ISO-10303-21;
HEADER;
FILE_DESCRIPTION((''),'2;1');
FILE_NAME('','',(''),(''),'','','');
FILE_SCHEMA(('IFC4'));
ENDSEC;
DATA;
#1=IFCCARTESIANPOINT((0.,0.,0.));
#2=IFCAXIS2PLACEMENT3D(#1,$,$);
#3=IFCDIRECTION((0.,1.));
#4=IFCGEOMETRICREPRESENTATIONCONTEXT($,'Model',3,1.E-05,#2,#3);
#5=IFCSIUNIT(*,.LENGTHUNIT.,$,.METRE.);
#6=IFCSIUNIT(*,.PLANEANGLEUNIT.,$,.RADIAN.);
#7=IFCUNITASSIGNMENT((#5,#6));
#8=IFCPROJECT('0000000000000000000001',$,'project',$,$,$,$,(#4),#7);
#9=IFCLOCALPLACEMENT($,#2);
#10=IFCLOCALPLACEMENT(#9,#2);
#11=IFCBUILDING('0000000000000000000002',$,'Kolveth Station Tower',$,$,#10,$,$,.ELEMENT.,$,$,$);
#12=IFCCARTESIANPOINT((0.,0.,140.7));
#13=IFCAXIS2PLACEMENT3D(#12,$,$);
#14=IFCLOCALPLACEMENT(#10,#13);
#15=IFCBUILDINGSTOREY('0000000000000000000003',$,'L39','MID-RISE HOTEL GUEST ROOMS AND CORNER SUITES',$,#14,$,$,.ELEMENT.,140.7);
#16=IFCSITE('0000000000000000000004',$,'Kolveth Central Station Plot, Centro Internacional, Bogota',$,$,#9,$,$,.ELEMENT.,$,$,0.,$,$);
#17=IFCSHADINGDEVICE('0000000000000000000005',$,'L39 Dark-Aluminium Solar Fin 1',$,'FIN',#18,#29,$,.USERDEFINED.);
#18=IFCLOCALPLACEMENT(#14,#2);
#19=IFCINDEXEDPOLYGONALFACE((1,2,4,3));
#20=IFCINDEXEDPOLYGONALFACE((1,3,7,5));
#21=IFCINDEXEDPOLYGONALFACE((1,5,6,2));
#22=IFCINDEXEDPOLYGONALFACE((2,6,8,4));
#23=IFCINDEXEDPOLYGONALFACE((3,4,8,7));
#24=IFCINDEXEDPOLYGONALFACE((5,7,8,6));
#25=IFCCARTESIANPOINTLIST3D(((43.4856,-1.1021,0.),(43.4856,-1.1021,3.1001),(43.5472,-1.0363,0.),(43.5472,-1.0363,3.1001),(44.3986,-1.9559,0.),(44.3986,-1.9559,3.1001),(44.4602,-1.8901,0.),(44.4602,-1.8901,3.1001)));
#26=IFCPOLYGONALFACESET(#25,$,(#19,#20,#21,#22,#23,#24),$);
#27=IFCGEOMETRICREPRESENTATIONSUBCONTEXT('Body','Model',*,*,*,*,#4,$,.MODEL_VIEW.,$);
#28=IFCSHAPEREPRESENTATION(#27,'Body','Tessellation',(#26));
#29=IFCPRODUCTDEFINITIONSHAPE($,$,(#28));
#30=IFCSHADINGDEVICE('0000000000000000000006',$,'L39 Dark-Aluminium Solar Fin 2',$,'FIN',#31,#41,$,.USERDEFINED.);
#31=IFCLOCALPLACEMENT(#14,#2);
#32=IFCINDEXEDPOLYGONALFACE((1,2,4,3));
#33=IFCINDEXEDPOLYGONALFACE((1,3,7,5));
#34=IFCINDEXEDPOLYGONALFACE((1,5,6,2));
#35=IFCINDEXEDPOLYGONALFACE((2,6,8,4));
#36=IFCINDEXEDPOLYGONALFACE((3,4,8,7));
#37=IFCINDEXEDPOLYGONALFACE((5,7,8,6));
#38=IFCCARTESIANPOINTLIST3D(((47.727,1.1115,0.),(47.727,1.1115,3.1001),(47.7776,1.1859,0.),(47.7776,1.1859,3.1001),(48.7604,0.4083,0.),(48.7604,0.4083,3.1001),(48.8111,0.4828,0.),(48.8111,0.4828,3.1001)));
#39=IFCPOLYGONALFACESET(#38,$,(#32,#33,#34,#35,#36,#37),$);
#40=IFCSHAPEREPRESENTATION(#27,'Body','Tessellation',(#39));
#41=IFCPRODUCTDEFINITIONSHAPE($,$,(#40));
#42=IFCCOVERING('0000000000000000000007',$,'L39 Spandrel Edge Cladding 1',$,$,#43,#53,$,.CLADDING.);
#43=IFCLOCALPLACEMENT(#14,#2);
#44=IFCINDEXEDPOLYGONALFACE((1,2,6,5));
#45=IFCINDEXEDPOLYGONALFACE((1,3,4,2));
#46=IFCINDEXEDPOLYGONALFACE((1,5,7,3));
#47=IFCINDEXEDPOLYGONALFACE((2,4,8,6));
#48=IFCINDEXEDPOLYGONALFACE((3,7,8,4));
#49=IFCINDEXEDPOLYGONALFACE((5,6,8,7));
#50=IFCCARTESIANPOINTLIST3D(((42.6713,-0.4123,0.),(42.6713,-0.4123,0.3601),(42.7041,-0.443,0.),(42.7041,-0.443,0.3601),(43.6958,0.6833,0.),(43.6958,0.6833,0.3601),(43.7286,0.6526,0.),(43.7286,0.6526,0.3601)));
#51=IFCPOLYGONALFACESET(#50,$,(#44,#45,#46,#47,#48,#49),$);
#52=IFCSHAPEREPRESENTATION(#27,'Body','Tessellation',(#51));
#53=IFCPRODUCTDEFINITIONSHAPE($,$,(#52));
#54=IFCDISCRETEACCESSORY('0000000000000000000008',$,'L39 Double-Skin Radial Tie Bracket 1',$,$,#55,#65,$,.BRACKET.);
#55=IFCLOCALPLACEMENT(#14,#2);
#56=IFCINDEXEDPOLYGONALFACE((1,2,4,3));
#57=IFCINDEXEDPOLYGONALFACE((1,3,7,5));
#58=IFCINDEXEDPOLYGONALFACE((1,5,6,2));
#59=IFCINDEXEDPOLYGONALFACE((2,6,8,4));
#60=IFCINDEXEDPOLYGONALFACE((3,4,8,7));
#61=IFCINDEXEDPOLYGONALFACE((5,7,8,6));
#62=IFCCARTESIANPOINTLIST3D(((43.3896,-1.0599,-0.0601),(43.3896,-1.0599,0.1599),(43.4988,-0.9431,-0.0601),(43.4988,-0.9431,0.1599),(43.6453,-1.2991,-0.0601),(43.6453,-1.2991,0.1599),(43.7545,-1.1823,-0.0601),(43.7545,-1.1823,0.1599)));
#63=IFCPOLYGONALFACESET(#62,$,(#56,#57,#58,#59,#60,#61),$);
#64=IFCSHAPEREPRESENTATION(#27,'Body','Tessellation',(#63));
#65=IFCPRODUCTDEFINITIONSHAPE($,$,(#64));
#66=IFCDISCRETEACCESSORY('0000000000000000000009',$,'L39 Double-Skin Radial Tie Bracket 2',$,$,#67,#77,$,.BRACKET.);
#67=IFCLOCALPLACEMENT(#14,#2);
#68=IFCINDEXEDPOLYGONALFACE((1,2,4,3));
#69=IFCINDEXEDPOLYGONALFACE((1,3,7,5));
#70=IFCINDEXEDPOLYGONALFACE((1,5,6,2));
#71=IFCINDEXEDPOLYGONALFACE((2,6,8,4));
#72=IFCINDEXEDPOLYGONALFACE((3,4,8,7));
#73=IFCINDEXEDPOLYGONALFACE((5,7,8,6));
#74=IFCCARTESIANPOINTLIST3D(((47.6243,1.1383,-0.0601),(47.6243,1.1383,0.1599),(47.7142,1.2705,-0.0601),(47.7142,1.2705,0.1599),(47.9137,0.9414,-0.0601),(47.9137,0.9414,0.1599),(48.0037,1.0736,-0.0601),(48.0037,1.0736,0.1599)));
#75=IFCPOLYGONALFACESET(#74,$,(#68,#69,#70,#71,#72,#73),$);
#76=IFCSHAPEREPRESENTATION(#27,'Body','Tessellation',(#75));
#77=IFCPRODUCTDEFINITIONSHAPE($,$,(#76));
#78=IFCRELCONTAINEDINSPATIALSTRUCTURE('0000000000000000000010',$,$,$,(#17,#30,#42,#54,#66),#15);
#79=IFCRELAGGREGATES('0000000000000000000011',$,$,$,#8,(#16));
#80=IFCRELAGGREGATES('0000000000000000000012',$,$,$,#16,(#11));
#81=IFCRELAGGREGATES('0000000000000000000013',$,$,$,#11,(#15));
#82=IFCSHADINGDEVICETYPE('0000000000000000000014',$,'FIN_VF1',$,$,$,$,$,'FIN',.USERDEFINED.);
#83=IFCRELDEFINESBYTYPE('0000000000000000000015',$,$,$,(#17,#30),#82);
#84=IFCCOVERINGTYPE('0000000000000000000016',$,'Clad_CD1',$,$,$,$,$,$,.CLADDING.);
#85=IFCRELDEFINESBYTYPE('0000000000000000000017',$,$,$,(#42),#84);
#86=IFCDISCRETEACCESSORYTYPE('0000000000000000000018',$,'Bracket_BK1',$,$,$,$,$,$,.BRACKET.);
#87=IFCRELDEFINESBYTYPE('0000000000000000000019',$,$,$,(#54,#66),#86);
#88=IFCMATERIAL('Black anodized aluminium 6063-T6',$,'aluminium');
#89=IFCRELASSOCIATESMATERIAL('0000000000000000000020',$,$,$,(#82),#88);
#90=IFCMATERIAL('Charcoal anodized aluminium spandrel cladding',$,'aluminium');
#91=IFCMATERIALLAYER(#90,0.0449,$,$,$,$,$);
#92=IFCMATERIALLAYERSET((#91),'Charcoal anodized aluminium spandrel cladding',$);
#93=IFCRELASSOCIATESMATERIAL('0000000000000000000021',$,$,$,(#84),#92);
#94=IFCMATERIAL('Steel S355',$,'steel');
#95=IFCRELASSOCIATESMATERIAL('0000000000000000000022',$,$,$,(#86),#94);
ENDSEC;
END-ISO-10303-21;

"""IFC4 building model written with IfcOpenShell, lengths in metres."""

from ifc_helpers import new_model, si_unit, direction, frame, origin, origin_2d, place, context, subcontext, project, spatial, rectangle, extrude, source, transform, mapped, material, layer, layer_set, type_object, element, save


model = new_model("IFC4")

# Units and contexts
model_context = context("Model", 3, precision=1e-05, world=origin(), true_north=direction((0.0, 1.0)))
body_context = subcontext(model_context, "Body", "Model", "MODEL_VIEW")
ifc_project = project(units=[si_unit("LENGTHUNIT", "METRE"), si_unit("PLANEANGLEUNIT", "RADIAN")], contexts=[model_context])

# Site, building, storey
site_placement = place(None, origin())
site = spatial("IfcSite", under=ifc_project, at=site_placement, Name="Kolveth Central Station Plot, Centro Internacional, Bogota", CompositionType="ELEMENT", RefElevation=0.0)
building_placement = place(site_placement, origin())
building = spatial("IfcBuilding", under=site, at=building_placement, Name="Kolveth Station Tower", CompositionType="ELEMENT")
storey_placement = place(building_placement, frame((0.0, 0.0, 140.7)))
storey = spatial("IfcBuildingStorey", under=building, at=storey_placement, Name="L39", Description="MID-RISE HOTEL GUEST ROOMS AND CORNER SUITES", CompositionType="ELEMENT", Elevation=140.7)

# Shared definitions
ifc_material_1 = material(Name="Steel S355", Category="steel")

# Shared definitions
ifc_material_2 = material(Name="Black anodized aluminium 6063-T6", Category="aluminium")

# Shading devices
shading_device_type = type_object("IfcShadingDeviceType", Name="FIN_VF1", ElementType="FIN", PredefinedType="USERDEFINED", material=ifc_material_2)
shared_shape_1 = source(origin(), body_context, "Body", "SweptSolid", [
    extrude(rectangle(XDim=1.25, YDim=0.0901, at=origin_2d()), origin(), (0.0, 0.0, 1.0), 3.1001),
])
for number, where, z_axis, x_axis, name in (
    (1, (43.9729, -1.4961, 0.0), (0.0, 0.0, 1.0), (0.730401, -0.683019, 0.0), "L39 Dark-Aluminium Solar Fin 1"),
    (2, (48.269, 0.7971, 0.0), (0.0, 0.0, 1.0), (0.826786, -0.562516, 0.0), "L39 Dark-Aluminium Solar Fin 2"),
):
    element("IfcShadingDevice", number, at=place(storey_placement, frame(where, z_axis=z_axis, x_axis=x_axis)), inside=storey, type_object=shading_device_type, Name=name, ObjectType="FIN", PredefinedType="USERDEFINED", context=body_context, shape_type="MappedRepresentation", body=[
        mapped(shared_shape_1, transform((0.0, 0.0, 0.0), x_axis=(1.0, 0.0, 0.0), y_axis=(0.0, 1.0, 0.0), z_axis=(0.0, 0.0, 1.0), scale=1.0)),
    ])

# Covering
ifc_material_3 = material(Name="Charcoal anodized aluminium spandrel cladding", Category="aluminium")
ifc_layer_1 = layer(ifc_material_3, 0.0449)
ifc_layer_set_1 = layer_set([ifc_layer_1], Name="Charcoal anodized aluminium spandrel cladding")
covering_type = type_object("IfcCoveringType", Name="Clad_CD1", PredefinedType="CLADDING", material=ifc_layer_set_1)
shared_shape_2 = source(origin(), body_context, "Body", "SweptSolid", [
    extrude(rectangle(XDim=1.5, YDim=0.0449, at=origin_2d()), origin(), (0.0, 0.0, 1.0), 0.3601),
])
covering_placement = place(storey_placement, frame((43.2, 0.1201, 0.0), z_axis=(0.0, 0.0, 1.0), x_axis=(0.683019, 0.730401, 0.0)))
element("IfcCovering", 3, at=covering_placement, inside=storey, type_object=covering_type, Name="L39 Spandrel Edge Cladding 1", PredefinedType="CLADDING", context=body_context, shape_type="MappedRepresentation", body=[
    mapped(shared_shape_2, transform((0.0, 0.0, 0.0), x_axis=(1.0, 0.0, 0.0), y_axis=(0.0, 1.0, 0.0), z_axis=(0.0, 0.0, 1.0), scale=1.0)),
])

# Discrete accessories
discrete_accessory_type = type_object("IfcDiscreteAccessoryType", Name="Bracket_BK1", PredefinedType="BRACKET", material=ifc_material_1)
shared_shape_3 = source(origin(), body_context, "Body", "SweptSolid", [
    extrude(rectangle(XDim=0.3501, YDim=0.1599, at=origin_2d()), origin(), (0.0, 0.0, 1.0), 0.22),
])
for number, where, z_axis, x_axis, name in (
    (4, (43.572, -1.1211, -0.0601), (0.0, 0.0, 1.0), (0.730401, -0.683019, 0.0), "L39 Double-Skin Radial Tie Bracket 1"),
    (5, (47.814, 1.106, -0.0601), (0.0, 0.0, 1.0), (0.826786, -0.562516, 0.0), "L39 Double-Skin Radial Tie Bracket 2"),
):
    element("IfcDiscreteAccessory", number, at=place(storey_placement, frame(where, z_axis=z_axis, x_axis=x_axis)), inside=storey, type_object=discrete_accessory_type, Name=name, PredefinedType="BRACKET", context=body_context, shape_type="MappedRepresentation", body=[
        mapped(shared_shape_3, transform((0.0, 0.0, 0.0), x_axis=(1.0, 0.0, 0.0), y_axis=(0.0, 1.0, 0.0), z_axis=(0.0, 0.0, 1.0), scale=1.0)),
    ])

save(model, "model.ifc")
